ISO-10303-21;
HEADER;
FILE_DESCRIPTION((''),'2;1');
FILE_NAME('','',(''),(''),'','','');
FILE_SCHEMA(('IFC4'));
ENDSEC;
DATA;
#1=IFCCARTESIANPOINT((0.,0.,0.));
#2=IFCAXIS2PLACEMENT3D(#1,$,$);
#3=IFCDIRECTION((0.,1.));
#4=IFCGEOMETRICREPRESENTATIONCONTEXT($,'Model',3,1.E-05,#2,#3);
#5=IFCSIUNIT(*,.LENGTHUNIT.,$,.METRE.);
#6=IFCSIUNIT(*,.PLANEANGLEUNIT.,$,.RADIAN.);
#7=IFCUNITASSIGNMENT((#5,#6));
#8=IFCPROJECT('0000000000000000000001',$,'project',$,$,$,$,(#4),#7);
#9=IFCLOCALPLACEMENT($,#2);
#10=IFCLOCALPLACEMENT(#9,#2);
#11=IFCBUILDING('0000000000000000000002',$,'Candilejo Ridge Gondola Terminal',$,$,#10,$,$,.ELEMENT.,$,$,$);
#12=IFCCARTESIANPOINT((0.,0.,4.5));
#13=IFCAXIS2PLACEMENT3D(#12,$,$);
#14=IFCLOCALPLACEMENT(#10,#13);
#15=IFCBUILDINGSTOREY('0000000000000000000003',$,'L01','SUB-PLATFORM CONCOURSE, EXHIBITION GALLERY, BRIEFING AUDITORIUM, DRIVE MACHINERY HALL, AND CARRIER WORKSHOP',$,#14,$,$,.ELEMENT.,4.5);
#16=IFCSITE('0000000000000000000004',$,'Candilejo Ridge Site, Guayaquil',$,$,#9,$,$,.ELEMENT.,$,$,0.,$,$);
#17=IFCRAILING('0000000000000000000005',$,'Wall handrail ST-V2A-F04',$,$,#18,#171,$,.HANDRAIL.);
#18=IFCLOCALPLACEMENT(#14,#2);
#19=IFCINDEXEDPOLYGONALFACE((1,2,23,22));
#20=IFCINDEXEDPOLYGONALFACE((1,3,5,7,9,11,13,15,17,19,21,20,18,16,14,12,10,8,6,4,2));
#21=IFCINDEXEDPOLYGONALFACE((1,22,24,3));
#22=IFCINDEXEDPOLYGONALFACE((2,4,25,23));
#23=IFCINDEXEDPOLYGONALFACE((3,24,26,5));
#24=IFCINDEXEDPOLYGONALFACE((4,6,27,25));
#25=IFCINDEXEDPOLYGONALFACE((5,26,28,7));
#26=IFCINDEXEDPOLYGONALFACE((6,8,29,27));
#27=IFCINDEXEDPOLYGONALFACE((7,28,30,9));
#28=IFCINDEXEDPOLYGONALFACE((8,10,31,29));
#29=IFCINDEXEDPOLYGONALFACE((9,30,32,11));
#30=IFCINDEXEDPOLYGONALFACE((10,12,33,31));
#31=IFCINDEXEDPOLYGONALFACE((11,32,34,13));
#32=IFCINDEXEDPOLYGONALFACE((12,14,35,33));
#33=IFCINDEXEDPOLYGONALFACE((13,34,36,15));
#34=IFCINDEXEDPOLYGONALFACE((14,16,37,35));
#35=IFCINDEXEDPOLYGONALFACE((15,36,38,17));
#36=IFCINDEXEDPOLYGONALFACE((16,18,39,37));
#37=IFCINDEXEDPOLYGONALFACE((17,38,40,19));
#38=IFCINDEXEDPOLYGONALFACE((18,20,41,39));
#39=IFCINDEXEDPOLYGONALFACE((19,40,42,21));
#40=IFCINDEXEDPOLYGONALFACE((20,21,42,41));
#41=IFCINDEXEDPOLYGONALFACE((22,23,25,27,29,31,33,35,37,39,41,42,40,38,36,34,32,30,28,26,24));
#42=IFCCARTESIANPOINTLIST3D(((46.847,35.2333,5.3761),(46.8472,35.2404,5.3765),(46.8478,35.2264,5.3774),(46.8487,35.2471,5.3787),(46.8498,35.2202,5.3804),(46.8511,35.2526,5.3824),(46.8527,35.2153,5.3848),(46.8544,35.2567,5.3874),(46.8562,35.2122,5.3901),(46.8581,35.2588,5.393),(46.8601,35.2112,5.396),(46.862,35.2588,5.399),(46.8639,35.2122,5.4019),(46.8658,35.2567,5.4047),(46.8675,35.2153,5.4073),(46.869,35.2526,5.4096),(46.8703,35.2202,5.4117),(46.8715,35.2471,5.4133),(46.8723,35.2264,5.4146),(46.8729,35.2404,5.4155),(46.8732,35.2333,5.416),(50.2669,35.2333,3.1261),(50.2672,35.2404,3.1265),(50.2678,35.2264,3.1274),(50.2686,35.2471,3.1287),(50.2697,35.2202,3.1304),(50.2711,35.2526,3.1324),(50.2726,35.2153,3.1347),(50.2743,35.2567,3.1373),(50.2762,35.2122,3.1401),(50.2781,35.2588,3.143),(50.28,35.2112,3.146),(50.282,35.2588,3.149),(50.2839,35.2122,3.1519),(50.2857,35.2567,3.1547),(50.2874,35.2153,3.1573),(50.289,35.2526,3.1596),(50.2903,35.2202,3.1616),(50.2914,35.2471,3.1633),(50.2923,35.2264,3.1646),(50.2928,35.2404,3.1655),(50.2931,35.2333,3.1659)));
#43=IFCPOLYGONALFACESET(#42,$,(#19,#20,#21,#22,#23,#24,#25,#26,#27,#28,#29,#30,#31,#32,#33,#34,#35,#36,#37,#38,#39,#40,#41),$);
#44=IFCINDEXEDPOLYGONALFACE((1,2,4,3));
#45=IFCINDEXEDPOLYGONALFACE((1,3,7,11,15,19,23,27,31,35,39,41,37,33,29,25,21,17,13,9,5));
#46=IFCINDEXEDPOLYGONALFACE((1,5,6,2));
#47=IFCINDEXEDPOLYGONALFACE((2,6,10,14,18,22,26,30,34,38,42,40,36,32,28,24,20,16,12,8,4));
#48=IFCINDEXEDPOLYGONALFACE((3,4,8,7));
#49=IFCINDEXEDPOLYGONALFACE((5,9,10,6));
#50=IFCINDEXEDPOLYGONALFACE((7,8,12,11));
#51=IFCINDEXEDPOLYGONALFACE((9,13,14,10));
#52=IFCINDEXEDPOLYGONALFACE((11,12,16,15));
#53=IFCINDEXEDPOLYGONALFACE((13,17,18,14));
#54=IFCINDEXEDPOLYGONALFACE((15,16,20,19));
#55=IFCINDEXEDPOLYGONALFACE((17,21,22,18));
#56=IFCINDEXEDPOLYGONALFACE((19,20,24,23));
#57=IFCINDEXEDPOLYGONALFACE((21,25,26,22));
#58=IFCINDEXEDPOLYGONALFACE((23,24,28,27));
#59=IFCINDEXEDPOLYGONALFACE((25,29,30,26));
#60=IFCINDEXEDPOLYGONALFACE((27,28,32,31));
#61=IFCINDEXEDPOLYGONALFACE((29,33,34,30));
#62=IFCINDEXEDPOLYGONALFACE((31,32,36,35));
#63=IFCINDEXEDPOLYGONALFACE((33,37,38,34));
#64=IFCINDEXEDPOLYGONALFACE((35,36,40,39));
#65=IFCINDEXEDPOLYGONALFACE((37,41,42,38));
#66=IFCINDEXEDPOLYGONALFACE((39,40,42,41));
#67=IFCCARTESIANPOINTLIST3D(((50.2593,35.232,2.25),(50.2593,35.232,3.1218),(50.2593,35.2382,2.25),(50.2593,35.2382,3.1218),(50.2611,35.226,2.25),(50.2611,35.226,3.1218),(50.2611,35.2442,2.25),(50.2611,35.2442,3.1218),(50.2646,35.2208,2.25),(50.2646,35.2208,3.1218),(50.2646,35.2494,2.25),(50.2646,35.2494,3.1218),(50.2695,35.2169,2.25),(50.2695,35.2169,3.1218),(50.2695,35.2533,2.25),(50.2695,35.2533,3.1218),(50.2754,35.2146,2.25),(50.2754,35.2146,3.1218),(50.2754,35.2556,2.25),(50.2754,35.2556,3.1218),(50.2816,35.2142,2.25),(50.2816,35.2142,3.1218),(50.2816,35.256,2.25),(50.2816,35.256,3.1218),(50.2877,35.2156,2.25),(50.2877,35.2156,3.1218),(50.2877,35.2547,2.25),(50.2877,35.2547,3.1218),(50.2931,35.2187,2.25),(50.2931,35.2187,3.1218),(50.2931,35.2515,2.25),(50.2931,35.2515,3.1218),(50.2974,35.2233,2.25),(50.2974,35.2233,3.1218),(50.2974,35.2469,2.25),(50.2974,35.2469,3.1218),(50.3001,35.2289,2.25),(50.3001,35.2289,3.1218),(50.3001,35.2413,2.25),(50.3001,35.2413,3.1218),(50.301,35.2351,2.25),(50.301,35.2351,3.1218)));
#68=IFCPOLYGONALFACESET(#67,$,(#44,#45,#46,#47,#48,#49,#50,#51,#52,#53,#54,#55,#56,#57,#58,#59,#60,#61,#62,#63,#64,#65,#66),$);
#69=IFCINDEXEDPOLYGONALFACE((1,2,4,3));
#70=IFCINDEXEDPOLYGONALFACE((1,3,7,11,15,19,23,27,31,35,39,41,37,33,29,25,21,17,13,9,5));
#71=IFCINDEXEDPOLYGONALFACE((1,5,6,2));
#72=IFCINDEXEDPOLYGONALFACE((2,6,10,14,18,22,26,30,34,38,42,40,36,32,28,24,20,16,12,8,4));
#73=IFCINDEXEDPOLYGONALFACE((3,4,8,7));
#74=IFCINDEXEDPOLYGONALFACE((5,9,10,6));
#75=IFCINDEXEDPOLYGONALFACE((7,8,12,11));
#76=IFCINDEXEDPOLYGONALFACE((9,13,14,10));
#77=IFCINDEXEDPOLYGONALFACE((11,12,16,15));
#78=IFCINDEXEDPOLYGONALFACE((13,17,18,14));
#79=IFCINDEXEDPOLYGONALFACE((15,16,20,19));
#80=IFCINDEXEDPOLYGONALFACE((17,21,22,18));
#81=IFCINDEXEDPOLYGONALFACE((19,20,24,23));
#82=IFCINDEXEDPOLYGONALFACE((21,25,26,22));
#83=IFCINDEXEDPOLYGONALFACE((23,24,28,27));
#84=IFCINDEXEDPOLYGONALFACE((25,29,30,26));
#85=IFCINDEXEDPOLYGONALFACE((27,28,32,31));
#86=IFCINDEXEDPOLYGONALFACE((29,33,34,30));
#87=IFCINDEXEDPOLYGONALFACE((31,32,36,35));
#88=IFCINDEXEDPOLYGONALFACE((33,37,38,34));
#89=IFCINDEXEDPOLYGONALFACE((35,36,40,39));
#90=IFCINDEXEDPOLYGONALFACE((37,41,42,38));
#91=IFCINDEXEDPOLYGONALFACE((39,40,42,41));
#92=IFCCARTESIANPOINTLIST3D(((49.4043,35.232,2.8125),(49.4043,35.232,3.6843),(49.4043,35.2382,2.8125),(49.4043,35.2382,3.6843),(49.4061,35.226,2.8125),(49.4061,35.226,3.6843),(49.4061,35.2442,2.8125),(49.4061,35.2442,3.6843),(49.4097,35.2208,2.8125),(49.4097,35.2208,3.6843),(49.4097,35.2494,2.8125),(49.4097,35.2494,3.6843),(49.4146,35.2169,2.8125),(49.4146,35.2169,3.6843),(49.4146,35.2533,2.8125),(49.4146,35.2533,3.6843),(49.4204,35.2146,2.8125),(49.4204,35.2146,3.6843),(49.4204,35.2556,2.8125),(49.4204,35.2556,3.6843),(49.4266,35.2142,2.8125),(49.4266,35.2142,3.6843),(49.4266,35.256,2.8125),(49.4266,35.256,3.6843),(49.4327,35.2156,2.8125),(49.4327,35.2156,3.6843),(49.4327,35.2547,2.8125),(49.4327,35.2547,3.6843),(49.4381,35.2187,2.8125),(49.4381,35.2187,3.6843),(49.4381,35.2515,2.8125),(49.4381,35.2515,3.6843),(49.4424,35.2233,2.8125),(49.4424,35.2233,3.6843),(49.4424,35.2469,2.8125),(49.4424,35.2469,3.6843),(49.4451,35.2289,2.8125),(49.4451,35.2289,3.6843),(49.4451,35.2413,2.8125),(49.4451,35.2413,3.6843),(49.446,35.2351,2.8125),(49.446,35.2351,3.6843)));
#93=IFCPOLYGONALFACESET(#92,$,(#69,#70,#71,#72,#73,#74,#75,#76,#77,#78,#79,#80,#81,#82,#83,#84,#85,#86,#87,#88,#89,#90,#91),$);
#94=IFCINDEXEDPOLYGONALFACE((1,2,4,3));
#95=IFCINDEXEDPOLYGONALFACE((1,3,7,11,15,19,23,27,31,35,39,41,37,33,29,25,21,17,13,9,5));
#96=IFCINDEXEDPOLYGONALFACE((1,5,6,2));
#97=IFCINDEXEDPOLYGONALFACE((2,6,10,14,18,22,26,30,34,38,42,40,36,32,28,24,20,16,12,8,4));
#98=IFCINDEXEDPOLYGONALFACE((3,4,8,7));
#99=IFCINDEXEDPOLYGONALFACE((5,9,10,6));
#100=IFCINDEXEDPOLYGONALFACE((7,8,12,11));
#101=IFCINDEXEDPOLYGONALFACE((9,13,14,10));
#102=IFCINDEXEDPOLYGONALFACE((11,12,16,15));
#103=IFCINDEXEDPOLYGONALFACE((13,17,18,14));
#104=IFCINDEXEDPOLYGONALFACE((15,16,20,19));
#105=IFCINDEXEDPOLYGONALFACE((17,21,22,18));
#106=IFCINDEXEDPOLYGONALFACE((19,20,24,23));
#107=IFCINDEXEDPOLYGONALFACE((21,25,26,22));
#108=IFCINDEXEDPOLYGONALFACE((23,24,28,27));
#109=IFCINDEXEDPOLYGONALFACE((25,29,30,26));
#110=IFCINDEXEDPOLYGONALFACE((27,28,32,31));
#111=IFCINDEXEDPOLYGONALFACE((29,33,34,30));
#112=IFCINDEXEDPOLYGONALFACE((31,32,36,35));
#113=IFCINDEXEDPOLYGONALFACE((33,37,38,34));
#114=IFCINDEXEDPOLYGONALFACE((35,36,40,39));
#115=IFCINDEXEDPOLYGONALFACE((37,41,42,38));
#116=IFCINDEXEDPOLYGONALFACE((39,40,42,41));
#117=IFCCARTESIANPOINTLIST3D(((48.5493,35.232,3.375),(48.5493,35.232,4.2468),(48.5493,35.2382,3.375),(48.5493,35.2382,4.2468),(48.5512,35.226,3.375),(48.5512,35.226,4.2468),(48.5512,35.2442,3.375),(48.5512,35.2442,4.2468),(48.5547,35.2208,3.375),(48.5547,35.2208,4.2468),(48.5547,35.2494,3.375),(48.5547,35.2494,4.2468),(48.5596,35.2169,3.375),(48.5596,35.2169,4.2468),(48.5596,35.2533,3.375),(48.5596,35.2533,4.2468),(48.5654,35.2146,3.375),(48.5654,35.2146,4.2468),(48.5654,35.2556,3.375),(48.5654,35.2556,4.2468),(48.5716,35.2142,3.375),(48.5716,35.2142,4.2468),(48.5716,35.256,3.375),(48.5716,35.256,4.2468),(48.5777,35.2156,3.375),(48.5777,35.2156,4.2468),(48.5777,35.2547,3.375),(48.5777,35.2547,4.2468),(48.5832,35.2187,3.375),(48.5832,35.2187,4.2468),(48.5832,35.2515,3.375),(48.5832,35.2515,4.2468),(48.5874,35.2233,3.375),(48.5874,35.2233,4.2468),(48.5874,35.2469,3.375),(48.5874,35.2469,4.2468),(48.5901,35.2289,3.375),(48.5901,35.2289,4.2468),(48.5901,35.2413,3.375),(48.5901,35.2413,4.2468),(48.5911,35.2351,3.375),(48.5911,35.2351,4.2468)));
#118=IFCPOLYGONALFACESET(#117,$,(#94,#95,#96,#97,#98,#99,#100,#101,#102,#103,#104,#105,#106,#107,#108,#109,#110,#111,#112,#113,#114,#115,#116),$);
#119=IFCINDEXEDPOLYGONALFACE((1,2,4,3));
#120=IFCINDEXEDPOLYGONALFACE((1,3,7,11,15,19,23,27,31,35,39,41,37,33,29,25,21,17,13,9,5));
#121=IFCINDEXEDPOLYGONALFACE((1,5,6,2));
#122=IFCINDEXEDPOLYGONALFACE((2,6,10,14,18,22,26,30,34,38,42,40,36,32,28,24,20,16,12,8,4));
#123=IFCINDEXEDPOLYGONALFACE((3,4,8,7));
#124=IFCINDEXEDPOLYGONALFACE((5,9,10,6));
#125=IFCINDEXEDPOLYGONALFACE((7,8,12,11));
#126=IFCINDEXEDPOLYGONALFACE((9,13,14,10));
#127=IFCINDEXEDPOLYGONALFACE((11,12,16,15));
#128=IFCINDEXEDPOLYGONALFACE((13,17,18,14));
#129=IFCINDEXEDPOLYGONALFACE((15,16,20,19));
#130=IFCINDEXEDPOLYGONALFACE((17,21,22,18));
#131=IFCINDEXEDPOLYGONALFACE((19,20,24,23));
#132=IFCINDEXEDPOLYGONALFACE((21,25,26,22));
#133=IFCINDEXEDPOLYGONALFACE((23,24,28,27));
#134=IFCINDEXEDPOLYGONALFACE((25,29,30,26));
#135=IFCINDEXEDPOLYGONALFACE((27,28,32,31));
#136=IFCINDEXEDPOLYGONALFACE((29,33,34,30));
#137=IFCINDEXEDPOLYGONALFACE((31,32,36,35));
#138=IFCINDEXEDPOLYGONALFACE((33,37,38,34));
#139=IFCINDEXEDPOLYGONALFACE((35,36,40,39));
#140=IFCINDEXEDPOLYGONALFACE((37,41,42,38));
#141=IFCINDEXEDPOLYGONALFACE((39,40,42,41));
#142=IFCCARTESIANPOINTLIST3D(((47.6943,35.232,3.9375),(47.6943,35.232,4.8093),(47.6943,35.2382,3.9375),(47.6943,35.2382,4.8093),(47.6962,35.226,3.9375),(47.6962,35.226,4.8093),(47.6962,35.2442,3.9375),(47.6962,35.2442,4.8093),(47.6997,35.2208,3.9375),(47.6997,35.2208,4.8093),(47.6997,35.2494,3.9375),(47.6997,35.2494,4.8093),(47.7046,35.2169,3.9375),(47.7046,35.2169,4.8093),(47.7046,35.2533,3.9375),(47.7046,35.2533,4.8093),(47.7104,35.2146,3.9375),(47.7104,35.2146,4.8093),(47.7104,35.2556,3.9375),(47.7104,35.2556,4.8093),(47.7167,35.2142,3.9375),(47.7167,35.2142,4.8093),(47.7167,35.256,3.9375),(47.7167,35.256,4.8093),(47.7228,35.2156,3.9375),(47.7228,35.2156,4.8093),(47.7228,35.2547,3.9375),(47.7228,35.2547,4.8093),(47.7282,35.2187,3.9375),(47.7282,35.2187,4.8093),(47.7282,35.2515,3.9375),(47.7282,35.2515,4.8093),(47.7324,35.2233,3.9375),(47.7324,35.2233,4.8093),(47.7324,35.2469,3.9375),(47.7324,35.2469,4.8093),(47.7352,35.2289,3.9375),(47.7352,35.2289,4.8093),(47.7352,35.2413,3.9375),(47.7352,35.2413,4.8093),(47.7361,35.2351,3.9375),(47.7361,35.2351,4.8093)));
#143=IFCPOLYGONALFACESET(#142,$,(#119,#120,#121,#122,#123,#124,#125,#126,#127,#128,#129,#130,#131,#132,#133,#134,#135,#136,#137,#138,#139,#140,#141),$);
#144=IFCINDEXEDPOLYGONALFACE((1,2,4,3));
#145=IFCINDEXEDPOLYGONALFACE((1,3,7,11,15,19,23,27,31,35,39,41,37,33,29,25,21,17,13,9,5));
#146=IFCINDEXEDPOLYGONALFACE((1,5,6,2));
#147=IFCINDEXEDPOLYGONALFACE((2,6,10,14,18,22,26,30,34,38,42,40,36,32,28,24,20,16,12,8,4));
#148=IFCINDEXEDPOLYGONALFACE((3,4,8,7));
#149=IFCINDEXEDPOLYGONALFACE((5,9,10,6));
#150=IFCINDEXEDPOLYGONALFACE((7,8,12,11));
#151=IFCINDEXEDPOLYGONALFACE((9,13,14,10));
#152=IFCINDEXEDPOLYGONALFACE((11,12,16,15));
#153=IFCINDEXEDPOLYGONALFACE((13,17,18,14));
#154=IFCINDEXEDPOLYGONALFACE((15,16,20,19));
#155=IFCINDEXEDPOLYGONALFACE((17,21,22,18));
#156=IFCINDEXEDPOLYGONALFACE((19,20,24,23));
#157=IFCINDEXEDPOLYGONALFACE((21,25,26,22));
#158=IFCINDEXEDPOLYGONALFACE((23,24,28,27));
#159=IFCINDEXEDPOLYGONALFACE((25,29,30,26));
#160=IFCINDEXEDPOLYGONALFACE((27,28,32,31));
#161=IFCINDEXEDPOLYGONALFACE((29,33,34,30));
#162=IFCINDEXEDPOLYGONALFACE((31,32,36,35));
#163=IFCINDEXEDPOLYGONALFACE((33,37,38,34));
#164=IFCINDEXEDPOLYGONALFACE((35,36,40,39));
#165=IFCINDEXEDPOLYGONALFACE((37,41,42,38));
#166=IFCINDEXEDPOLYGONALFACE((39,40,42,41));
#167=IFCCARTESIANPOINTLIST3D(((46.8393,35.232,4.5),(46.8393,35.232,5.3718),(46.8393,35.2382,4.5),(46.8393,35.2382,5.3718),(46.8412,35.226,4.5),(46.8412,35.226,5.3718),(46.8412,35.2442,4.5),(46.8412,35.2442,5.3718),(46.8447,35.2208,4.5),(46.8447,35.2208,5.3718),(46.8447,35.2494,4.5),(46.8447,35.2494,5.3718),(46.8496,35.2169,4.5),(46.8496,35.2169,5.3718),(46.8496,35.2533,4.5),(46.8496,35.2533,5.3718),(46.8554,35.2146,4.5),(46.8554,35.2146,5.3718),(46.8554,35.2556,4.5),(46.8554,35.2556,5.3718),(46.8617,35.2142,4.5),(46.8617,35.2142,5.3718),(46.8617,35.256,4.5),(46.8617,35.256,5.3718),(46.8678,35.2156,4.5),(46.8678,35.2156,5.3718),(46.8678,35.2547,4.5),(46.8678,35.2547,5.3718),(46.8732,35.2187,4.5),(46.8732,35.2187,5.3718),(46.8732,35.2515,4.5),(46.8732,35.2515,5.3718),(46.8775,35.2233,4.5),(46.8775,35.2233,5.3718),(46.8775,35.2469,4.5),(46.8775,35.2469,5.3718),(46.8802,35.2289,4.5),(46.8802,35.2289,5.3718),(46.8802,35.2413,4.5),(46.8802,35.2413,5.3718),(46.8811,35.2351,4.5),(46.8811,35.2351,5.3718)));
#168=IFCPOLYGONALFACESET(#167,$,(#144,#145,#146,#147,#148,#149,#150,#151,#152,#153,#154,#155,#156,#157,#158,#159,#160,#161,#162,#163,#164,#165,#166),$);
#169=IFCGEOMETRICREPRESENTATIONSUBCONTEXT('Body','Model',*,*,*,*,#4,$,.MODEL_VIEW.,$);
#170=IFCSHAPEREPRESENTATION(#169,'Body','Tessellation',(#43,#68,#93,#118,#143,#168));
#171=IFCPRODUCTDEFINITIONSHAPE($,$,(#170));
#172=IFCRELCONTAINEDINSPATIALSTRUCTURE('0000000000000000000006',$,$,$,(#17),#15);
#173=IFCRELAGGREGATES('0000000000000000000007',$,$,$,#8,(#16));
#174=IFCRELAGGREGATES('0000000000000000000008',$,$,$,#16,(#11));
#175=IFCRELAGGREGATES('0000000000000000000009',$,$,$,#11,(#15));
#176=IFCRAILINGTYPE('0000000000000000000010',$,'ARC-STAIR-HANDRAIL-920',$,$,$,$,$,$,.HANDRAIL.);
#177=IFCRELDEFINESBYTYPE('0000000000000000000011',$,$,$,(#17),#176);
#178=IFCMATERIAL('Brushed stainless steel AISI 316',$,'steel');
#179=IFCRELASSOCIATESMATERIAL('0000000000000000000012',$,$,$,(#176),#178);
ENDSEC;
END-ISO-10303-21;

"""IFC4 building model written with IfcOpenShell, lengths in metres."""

from ifc_helpers import new_model, si_unit, direction, frame, origin, origin_2d, place, context, subcontext, project, spatial, circle, extrude, material, type_object, element, save


model = new_model("IFC4")

# Units and contexts
model_context = context("Model", 3, precision=1e-05, world=origin(), true_north=direction((0.0, 1.0)))
body_context = subcontext(model_context, "Body", "Model", "MODEL_VIEW")
ifc_project = project(units=[si_unit("LENGTHUNIT", "METRE"), si_unit("PLANEANGLEUNIT", "RADIAN")], contexts=[model_context])

# Site, building, storey
site_placement = place(None, origin())
site = spatial("IfcSite", under=ifc_project, at=site_placement, Name="Candilejo Ridge Site, Guayaquil", CompositionType="ELEMENT", RefElevation=0.0)
building_placement = place(site_placement, origin())
building = spatial("IfcBuilding", under=site, at=building_placement, Name="Candilejo Ridge Gondola Terminal", CompositionType="ELEMENT")
storey_placement = place(building_placement, frame((0.0, 0.0, 4.5)))
storey = spatial("IfcBuildingStorey", under=building, at=storey_placement, Name="L01", Description="SUB-PLATFORM CONCOURSE, EXHIBITION GALLERY, BRIEFING AUDITORIUM, DRIVE MACHINERY HALL, AND CARRIER WORKSHOP", CompositionType="ELEMENT", Elevation=4.5)

# Railing
ifc_material_1 = material(Name="Brushed stainless steel AISI 316", Category="steel")
railing_type_1 = type_object("IfcRailingType", Name="ARC-STAIR-HANDRAIL-920", PredefinedType="HANDRAIL", material=ifc_material_1)
railing_1_placement = place(storey_placement, frame((50.28, 35.2351, 2.25)))
element("IfcRailing", 1, at=railing_1_placement, inside=storey, type_object=railing_type_1, Name="Wall handrail ST-V2A-F04", PredefinedType="HANDRAIL", context=body_context, shape_type="SweptSolid", body=[
    extrude(circle(Radius=0.0239, at=origin_2d()), frame((0.0, 0.0, 0.896), z_axis=(-0.835411, 0.0, 0.549625), x_axis=(0.0, -1.0, 0.0)), (0.0, 0.0, 1.0), 4.0938),
    extrude(circle(Radius=0.021, at=origin_2d()), origin(), (0.0, 0.0, 1.0), 0.8718),
    extrude(circle(Radius=0.021, at=origin_2d()), frame((-0.855, 0.0, 0.5625)), (0.0, 0.0, 1.0), 0.8718),
    extrude(circle(Radius=0.021, at=origin_2d()), frame((-1.71, 0.0, 1.125)), (0.0, 0.0, 1.0), 0.8718),
    extrude(circle(Radius=0.021, at=origin_2d()), frame((-2.5649, 0.0, 1.6875)), (0.0, 0.0, 1.0), 0.8718),
    extrude(circle(Radius=0.021, at=origin_2d()), frame((-3.4199, 0.0, 2.25)), (0.0, 0.0, 1.0), 0.8718),
])

save(model, "model.ifc")
